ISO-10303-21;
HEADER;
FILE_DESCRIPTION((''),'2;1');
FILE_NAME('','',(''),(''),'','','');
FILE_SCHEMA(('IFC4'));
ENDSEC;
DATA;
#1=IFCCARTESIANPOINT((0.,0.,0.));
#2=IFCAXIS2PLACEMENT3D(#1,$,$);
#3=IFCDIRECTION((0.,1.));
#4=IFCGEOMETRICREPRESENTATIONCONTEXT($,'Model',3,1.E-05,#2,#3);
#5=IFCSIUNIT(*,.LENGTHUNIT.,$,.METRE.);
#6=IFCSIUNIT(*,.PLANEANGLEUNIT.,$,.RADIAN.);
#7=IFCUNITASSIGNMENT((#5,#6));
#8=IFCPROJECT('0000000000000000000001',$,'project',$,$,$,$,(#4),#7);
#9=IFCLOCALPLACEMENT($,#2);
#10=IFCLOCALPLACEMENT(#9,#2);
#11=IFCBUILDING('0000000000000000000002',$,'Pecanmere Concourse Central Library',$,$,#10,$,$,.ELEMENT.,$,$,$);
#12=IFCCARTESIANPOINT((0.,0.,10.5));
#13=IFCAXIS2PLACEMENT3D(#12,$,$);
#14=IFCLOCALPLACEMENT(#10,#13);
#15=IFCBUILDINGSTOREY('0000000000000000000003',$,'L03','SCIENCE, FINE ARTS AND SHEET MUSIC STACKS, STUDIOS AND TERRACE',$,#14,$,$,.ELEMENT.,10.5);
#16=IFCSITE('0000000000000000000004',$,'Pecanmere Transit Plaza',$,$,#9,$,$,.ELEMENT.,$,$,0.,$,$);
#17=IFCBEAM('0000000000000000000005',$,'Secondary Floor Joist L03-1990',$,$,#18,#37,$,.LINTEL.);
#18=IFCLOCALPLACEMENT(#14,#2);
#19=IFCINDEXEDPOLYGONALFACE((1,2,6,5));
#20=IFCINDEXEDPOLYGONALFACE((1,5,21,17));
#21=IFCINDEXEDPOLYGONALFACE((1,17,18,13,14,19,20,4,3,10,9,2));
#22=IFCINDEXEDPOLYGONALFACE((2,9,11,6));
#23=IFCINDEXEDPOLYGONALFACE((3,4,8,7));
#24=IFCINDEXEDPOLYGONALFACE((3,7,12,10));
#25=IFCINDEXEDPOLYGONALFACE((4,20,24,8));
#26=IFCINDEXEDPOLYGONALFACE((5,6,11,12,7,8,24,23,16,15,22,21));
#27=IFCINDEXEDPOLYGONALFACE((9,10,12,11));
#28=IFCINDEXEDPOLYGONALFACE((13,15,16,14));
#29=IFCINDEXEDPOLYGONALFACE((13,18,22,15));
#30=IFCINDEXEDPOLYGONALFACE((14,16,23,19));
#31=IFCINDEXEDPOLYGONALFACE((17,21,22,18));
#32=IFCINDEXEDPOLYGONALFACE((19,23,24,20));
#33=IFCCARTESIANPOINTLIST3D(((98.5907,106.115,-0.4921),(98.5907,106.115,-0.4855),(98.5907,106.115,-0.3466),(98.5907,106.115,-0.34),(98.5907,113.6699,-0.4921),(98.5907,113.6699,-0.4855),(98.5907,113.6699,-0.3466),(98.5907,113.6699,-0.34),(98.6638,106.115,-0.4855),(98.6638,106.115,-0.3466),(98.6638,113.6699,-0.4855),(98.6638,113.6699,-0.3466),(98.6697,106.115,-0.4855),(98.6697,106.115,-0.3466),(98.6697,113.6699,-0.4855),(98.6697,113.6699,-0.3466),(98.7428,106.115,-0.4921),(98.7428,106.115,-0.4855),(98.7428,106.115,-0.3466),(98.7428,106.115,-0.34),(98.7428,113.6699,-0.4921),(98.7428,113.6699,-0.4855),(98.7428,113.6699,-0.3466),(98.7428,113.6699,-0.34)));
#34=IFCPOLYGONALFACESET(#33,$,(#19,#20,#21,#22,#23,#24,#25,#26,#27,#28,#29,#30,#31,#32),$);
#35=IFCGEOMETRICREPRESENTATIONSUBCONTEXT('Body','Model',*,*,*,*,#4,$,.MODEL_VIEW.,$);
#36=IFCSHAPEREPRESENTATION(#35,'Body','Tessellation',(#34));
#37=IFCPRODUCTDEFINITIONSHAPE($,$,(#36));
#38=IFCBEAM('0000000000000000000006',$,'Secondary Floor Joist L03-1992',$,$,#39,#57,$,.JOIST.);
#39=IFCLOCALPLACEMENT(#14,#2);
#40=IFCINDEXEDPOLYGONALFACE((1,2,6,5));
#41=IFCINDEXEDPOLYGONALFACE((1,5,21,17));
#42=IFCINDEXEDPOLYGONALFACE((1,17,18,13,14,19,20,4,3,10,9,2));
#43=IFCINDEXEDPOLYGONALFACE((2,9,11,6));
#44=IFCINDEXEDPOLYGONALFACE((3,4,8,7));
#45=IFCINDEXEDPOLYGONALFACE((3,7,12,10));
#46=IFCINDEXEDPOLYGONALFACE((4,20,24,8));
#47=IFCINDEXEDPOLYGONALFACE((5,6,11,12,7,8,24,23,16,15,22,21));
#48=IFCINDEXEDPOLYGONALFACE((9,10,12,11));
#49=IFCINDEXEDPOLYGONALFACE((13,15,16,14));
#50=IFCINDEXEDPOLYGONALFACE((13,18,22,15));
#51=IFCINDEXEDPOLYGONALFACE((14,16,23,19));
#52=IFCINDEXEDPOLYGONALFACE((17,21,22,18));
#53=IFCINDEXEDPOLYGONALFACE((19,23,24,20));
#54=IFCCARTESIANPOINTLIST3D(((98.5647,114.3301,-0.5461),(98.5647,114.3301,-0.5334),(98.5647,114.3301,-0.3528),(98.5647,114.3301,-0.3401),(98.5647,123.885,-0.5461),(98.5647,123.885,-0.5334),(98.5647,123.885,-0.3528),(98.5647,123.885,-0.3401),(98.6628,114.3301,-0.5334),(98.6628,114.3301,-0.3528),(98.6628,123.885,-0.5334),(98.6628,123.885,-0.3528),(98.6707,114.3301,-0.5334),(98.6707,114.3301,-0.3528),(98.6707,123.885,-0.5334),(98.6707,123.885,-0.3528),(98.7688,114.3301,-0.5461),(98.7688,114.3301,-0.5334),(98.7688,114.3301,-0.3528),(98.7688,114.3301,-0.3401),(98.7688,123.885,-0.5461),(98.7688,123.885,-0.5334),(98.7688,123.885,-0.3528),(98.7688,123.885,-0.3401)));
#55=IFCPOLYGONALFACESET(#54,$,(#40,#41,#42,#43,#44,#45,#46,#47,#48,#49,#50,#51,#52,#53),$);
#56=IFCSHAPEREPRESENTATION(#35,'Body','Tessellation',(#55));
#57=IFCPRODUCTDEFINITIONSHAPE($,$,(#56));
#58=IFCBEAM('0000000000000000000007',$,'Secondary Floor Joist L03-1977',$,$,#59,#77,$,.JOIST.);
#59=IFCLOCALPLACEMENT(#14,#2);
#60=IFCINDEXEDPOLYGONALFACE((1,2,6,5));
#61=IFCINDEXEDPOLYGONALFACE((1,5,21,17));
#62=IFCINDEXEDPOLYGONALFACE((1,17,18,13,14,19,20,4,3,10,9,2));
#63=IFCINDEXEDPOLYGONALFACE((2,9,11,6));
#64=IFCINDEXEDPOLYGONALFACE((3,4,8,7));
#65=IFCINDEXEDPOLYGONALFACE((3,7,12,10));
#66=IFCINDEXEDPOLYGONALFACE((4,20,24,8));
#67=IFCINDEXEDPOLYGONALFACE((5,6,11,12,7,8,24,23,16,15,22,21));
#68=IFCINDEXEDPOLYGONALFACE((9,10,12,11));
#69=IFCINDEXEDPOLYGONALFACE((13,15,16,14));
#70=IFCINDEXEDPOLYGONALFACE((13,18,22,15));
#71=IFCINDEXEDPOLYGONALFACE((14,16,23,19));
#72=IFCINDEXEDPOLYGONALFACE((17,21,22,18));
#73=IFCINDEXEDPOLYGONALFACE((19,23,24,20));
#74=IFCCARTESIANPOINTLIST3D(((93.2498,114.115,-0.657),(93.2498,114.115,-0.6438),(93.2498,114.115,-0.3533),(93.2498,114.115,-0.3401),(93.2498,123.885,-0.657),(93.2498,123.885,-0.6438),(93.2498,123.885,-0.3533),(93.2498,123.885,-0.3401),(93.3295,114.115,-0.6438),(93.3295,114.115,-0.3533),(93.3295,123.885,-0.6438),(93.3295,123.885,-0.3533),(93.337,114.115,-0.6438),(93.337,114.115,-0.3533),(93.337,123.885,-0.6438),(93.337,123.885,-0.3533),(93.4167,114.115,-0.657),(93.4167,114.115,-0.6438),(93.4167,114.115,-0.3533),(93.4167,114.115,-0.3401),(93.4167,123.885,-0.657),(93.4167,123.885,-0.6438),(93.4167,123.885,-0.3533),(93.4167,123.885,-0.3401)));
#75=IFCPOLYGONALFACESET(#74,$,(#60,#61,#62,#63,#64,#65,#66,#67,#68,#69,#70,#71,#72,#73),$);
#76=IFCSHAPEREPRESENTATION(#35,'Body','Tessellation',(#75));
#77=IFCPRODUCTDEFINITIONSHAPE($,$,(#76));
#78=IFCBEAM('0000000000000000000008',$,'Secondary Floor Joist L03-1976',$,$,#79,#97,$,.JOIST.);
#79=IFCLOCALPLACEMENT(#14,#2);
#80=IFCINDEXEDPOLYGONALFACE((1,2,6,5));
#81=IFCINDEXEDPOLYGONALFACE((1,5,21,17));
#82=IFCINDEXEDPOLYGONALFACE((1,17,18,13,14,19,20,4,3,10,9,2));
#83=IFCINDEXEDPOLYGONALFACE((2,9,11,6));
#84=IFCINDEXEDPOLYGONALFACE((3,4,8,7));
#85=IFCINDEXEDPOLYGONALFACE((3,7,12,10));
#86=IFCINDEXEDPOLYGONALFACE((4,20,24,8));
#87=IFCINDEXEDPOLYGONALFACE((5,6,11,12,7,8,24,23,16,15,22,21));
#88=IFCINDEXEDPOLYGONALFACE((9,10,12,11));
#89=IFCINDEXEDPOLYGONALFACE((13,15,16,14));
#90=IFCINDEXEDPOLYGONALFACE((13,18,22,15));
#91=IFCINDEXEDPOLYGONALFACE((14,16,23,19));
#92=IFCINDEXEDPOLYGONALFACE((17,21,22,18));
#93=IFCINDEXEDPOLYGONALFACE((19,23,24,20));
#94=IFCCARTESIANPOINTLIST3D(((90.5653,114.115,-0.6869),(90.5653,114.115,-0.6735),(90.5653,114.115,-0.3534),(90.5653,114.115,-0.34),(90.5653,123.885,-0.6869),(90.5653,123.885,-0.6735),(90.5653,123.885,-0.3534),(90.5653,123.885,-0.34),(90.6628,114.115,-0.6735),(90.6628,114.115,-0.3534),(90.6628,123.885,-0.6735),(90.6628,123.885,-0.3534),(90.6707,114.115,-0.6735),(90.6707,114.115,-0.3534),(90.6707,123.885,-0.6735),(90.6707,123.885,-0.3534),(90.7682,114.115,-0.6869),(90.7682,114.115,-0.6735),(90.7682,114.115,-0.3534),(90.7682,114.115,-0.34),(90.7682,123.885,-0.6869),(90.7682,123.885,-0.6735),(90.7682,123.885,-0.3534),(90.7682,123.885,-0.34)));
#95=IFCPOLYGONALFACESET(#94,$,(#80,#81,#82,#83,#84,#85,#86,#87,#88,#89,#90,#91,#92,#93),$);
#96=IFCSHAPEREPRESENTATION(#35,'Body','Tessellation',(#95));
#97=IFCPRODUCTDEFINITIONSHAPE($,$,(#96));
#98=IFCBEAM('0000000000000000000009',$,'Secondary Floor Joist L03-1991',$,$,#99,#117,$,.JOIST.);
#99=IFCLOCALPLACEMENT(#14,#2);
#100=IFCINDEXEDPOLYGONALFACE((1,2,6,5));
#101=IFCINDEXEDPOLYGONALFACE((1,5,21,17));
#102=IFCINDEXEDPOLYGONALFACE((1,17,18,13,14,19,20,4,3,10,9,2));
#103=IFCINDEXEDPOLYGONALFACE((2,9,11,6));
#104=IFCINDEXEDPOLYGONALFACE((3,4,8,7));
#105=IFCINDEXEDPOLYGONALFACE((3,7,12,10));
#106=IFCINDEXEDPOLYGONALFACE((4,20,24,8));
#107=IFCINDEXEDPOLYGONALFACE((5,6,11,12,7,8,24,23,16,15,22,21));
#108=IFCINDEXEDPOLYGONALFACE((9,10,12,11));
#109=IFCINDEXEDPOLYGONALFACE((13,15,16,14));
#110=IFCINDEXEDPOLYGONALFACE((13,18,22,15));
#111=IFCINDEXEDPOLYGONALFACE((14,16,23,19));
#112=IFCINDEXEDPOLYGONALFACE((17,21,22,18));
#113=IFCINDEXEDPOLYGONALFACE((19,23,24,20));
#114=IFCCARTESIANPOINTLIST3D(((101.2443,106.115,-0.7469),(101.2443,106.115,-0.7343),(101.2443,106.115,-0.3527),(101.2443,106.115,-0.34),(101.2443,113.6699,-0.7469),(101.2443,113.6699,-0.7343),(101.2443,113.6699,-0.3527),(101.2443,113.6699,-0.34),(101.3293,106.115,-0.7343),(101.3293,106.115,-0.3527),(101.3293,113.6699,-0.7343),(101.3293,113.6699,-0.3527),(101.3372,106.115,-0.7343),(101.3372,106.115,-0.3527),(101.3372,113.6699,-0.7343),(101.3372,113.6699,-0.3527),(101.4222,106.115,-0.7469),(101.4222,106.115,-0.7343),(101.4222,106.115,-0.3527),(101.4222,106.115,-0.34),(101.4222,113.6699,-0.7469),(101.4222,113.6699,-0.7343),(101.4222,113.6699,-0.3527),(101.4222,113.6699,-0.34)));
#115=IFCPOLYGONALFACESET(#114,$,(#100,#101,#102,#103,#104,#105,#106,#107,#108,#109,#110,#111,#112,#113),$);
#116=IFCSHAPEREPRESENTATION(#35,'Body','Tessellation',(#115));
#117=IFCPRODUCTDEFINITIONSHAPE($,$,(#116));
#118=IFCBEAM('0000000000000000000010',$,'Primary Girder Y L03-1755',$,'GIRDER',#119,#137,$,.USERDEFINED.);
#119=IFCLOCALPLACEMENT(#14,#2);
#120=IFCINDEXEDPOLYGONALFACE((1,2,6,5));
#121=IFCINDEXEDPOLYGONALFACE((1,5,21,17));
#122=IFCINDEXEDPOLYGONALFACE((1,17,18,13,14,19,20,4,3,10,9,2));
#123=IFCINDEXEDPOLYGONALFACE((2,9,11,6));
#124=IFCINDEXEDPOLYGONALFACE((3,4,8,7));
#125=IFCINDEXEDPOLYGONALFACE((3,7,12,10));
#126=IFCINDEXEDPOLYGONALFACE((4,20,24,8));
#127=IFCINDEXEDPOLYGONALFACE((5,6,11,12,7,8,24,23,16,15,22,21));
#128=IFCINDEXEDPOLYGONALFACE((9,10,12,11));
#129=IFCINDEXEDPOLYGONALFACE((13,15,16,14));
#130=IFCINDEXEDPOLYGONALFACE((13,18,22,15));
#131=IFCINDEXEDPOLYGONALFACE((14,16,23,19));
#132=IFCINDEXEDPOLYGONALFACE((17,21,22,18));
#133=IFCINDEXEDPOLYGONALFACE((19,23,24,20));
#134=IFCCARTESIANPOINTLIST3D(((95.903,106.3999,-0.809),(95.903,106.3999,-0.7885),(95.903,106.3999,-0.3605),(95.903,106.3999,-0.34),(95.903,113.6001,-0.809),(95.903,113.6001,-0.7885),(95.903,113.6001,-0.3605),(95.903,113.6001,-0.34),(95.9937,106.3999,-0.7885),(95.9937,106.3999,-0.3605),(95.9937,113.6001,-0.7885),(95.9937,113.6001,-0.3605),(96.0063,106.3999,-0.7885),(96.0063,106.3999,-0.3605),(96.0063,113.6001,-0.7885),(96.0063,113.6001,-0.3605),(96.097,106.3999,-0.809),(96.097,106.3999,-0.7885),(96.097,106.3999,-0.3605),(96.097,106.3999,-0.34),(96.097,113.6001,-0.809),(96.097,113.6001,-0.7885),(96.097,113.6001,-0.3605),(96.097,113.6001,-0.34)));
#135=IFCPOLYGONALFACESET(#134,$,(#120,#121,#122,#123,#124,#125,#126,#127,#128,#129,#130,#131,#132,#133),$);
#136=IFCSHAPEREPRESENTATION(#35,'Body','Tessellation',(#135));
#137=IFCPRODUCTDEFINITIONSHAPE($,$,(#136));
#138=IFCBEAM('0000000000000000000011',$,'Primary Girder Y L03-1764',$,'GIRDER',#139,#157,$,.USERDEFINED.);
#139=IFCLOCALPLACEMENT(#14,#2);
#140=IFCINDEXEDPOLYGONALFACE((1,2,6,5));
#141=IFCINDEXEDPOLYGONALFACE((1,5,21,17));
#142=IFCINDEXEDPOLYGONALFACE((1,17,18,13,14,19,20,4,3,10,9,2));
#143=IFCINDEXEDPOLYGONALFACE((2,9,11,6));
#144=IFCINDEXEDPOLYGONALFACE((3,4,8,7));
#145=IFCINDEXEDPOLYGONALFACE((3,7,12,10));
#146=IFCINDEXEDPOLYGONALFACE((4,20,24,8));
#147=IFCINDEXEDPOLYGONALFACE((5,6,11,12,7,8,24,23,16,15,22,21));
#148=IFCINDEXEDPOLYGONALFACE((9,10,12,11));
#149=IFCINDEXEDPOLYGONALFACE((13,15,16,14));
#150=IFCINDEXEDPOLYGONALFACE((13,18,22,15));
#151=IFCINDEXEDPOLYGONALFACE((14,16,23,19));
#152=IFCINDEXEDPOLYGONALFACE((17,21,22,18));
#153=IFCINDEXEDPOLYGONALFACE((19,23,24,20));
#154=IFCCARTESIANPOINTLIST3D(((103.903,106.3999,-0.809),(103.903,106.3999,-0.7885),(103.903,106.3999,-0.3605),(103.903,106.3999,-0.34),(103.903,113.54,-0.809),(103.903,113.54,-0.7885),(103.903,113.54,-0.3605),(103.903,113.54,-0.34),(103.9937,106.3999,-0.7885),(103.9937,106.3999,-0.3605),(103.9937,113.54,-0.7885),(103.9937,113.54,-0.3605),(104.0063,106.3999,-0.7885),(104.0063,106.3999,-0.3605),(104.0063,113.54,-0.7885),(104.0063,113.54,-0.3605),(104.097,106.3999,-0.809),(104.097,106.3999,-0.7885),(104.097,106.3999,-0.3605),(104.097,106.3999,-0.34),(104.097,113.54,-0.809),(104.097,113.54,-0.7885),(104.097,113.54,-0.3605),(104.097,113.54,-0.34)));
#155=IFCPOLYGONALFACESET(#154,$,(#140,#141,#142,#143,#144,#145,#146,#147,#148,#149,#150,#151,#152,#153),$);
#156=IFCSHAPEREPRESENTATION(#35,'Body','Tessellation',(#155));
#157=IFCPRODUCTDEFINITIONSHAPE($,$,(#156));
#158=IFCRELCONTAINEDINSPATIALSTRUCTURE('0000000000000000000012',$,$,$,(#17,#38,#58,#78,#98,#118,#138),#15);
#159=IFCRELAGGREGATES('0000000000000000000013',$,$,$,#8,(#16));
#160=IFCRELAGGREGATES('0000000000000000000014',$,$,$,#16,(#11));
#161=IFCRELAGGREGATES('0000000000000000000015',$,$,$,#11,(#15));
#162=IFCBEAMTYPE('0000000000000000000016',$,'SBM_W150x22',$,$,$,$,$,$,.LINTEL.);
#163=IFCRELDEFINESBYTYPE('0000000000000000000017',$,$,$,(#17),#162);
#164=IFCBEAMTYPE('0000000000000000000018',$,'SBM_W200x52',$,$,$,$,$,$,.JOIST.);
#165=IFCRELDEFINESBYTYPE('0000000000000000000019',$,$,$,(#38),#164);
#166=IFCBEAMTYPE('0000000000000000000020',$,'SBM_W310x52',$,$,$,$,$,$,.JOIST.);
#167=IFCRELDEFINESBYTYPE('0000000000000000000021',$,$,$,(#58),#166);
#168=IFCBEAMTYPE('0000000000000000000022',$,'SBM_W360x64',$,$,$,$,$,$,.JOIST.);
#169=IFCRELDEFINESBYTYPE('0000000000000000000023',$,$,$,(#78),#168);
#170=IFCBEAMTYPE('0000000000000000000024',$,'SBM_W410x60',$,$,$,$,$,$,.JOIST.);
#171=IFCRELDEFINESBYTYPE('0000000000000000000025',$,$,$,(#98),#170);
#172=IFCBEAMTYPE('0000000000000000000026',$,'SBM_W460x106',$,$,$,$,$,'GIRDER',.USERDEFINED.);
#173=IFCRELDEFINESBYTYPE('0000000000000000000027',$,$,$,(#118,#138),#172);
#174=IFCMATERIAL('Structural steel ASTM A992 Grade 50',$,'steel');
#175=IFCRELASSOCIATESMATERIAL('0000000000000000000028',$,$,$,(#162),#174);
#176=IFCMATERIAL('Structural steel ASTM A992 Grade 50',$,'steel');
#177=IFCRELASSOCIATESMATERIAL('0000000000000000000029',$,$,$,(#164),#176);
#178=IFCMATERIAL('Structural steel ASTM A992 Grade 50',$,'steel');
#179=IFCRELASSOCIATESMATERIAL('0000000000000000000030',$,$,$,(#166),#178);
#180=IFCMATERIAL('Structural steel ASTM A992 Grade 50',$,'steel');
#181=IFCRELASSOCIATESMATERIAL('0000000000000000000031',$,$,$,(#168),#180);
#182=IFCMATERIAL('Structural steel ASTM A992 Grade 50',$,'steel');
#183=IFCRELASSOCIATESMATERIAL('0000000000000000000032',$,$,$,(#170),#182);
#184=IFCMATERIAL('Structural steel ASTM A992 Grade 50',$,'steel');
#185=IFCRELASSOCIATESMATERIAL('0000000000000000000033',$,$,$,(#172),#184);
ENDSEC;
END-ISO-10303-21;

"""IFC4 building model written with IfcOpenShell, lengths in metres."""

from ifc_helpers import new_model, si_unit, direction, frame, origin, origin_2d, place, context, subcontext, project, spatial, i_section, extrude, material, material_profile, profile_set, type_object, element, save


model = new_model("IFC4")

# Units and contexts
model_context = context("Model", 3, precision=1e-05, world=origin(), true_north=direction((0.0, 1.0)))
body_context = subcontext(model_context, "Body", "Model", "MODEL_VIEW")
ifc_project = project(units=[si_unit("LENGTHUNIT", "METRE"), si_unit("PLANEANGLEUNIT", "RADIAN")], contexts=[model_context])

# Site, building, storey
site_placement = place(None, origin())
site = spatial("IfcSite", under=ifc_project, at=site_placement, Name="Pecanmere Transit Plaza", CompositionType="ELEMENT", RefElevation=0.0)
building_placement = place(site_placement, origin())
building = spatial("IfcBuilding", under=site, at=building_placement, Name="Pecanmere Concourse Central Library", CompositionType="ELEMENT")
storey_placement = place(building_placement, frame((0.0, 0.0, 10.5)))
storey = spatial("IfcBuildingStorey", under=building, at=storey_placement, Name="L03", Description="SCIENCE, FINE ARTS AND SHEET MUSIC STACKS, STUDIOS AND TERRACE", CompositionType="ELEMENT", Elevation=10.5)

# Beams
ifc_material_1 = material(Name="Structural steel ASTM A992 Grade 50", Category="steel")
ifc_material_profile_1 = material_profile(ifc_material_1, i_section(OverallWidth=0.1521, OverallDepth=0.1521, WebThickness=0.0059, FlangeThickness=0.0066, at=origin_2d()), Name="W150x22.5")
ifc_profile_set_1 = profile_set([ifc_material_profile_1], Name="Structural steel ASTM A992 Grade 50")
beam_type_1 = type_object("IfcBeamType", Name="SBM_W150x22", PredefinedType="LINTEL", material=ifc_profile_set_1)
beam_1_placement = place(storey_placement, frame((98.6667, 106.115, -0.416), z_axis=(0.0, 1.0, 0.0), x_axis=(-1.0, 0.0, 0.0)))
element("IfcBeam", 1, at=beam_1_placement, inside=storey, type_object=beam_type_1, Name="Secondary Floor Joist L03-1990", PredefinedType="LINTEL", context=body_context, shape_type="SweptSolid", body=[
    extrude(i_section(OverallWidth=0.1521, OverallDepth=0.1521, WebThickness=0.0059, FlangeThickness=0.0066, at=origin_2d()), origin(), (0.0, 0.0, 1.0), 7.5549),
])
ifc_material_2 = material(Name="Structural steel ASTM A992 Grade 50", Category="steel")
ifc_material_profile_2 = material_profile(ifc_material_2, i_section(OverallWidth=0.2041, OverallDepth=0.2061, WebThickness=0.0078, FlangeThickness=0.0127, at=origin_2d()), Name="W200x52")
ifc_profile_set_2 = profile_set([ifc_material_profile_2], Name="Structural steel ASTM A992 Grade 50")
beam_type_2 = type_object("IfcBeamType", Name="SBM_W200x52", PredefinedType="JOIST", material=ifc_profile_set_2)
beam_2_placement = place(storey_placement, frame((98.6667, 114.3301, -0.4431), z_axis=(0.0, 1.0, 0.0), x_axis=(-1.0, 0.0, 0.0)))
element("IfcBeam", 2, at=beam_2_placement, inside=storey, type_object=beam_type_2, Name="Secondary Floor Joist L03-1992", PredefinedType="JOIST", context=body_context, shape_type="SweptSolid", body=[
    extrude(i_section(OverallWidth=0.2041, OverallDepth=0.2061, WebThickness=0.0078, FlangeThickness=0.0127, at=origin_2d()), origin(), (0.0, 0.0, 1.0), 9.5549),
])
ifc_material_3 = material(Name="Structural steel ASTM A992 Grade 50", Category="steel")
ifc_material_profile_3 = material_profile(ifc_material_3, i_section(OverallWidth=0.167, OverallDepth=0.3169, WebThickness=0.0076, FlangeThickness=0.0132, at=origin_2d()), Name="W310x52")
ifc_profile_set_3 = profile_set([ifc_material_profile_3], Name="Structural steel ASTM A992 Grade 50")
beam_type_3 = type_object("IfcBeamType", Name="SBM_W310x52", PredefinedType="JOIST", material=ifc_profile_set_3)
beam_3_placement = place(storey_placement, frame((93.3333, 114.115, -0.4985), z_axis=(0.0, 1.0, 0.0), x_axis=(-1.0, 0.0, 0.0)))
element("IfcBeam", 3, at=beam_3_placement, inside=storey, type_object=beam_type_3, Name="Secondary Floor Joist L03-1977", PredefinedType="JOIST", context=body_context, shape_type="SweptSolid", body=[
    extrude(i_section(OverallWidth=0.167, OverallDepth=0.3169, WebThickness=0.0076, FlangeThickness=0.0132, at=origin_2d()), origin(), (0.0, 0.0, 1.0), 9.77),
])
ifc_material_4 = material(Name="Structural steel ASTM A992 Grade 50", Category="steel")
ifc_material_profile_4 = material_profile(ifc_material_4, i_section(OverallWidth=0.2029, OverallDepth=0.3469, WebThickness=0.0078, FlangeThickness=0.0134, at=origin_2d()), Name="W360x64")
ifc_profile_set_4 = profile_set([ifc_material_profile_4], Name="Structural steel ASTM A992 Grade 50")
beam_type_4 = type_object("IfcBeamType", Name="SBM_W360x64", PredefinedType="JOIST", material=ifc_profile_set_4)
beam_4_placement = place(storey_placement, frame((90.6667, 114.115, -0.5134), z_axis=(0.0, 1.0, 0.0), x_axis=(-1.0, 0.0, 0.0)))
element("IfcBeam", 4, at=beam_4_placement, inside=storey, type_object=beam_type_4, Name="Secondary Floor Joist L03-1976", PredefinedType="JOIST", context=body_context, shape_type="SweptSolid", body=[
    extrude(i_section(OverallWidth=0.2029, OverallDepth=0.3469, WebThickness=0.0078, FlangeThickness=0.0134, at=origin_2d()), origin(), (0.0, 0.0, 1.0), 9.77),
])
ifc_material_5 = material(Name="Structural steel ASTM A992 Grade 50", Category="steel")
ifc_material_profile_5 = material_profile(ifc_material_5, i_section(OverallWidth=0.178, OverallDepth=0.407, WebThickness=0.0078, FlangeThickness=0.0127, at=origin_2d()), Name="W410x60")
ifc_profile_set_5 = profile_set([ifc_material_profile_5], Name="Structural steel ASTM A992 Grade 50")
beam_type_5 = type_object("IfcBeamType", Name="SBM_W410x60", PredefinedType="JOIST", material=ifc_profile_set_5)
beam_5_placement = place(storey_placement, frame((101.3333, 106.115, -0.5435), z_axis=(0.0, 1.0, 0.0), x_axis=(-1.0, 0.0, 0.0)))
element("IfcBeam", 5, at=beam_5_placement, inside=storey, type_object=beam_type_5, Name="Secondary Floor Joist L03-1991", PredefinedType="JOIST", context=body_context, shape_type="SweptSolid", body=[
    extrude(i_section(OverallWidth=0.178, OverallDepth=0.407, WebThickness=0.0078, FlangeThickness=0.0127, at=origin_2d()), origin(), (0.0, 0.0, 1.0), 7.5549),
])
ifc_material_6 = material(Name="Structural steel ASTM A992 Grade 50", Category="steel")
ifc_material_profile_6 = material_profile(ifc_material_6, i_section(OverallWidth=0.1941, OverallDepth=0.469, WebThickness=0.0127, FlangeThickness=0.0205, at=origin_2d()), Name="W460x106")
ifc_profile_set_6 = profile_set([ifc_material_profile_6], Name="Structural steel ASTM A992 Grade 50")
beam_type_6 = type_object("IfcBeamType", Name="SBM_W460x106", ElementType="GIRDER", PredefinedType="USERDEFINED", material=ifc_profile_set_6)
beam_6_placement = place(storey_placement, frame((96.0, 106.3999, -0.5745), z_axis=(0.0, 1.0, 0.0), x_axis=(-1.0, 0.0, 0.0)))
element("IfcBeam", 6, at=beam_6_placement, inside=storey, type_object=beam_type_6, Name="Primary Girder Y L03-1755", ObjectType="GIRDER", PredefinedType="USERDEFINED", context=body_context, shape_type="SweptSolid", body=[
    extrude(i_section(OverallWidth=0.1941, OverallDepth=0.469, WebThickness=0.0127, FlangeThickness=0.0205, at=origin_2d()), origin(), (0.0, 0.0, 1.0), 7.2002),
])
beam_7_placement = place(storey_placement, frame((104.0, 106.3999, -0.5745), z_axis=(0.0, 1.0, 0.0), x_axis=(-1.0, 0.0, 0.0)))
element("IfcBeam", 7, at=beam_7_placement, inside=storey, type_object=beam_type_6, Name="Primary Girder Y L03-1764", ObjectType="GIRDER", PredefinedType="USERDEFINED", context=body_context, shape_type="SweptSolid", body=[
    extrude(i_section(OverallWidth=0.1941, OverallDepth=0.469, WebThickness=0.0127, FlangeThickness=0.0205, at=origin_2d()), origin(), (0.0, 0.0, 1.0), 7.1401),
])

save(model, "model.ifc")
